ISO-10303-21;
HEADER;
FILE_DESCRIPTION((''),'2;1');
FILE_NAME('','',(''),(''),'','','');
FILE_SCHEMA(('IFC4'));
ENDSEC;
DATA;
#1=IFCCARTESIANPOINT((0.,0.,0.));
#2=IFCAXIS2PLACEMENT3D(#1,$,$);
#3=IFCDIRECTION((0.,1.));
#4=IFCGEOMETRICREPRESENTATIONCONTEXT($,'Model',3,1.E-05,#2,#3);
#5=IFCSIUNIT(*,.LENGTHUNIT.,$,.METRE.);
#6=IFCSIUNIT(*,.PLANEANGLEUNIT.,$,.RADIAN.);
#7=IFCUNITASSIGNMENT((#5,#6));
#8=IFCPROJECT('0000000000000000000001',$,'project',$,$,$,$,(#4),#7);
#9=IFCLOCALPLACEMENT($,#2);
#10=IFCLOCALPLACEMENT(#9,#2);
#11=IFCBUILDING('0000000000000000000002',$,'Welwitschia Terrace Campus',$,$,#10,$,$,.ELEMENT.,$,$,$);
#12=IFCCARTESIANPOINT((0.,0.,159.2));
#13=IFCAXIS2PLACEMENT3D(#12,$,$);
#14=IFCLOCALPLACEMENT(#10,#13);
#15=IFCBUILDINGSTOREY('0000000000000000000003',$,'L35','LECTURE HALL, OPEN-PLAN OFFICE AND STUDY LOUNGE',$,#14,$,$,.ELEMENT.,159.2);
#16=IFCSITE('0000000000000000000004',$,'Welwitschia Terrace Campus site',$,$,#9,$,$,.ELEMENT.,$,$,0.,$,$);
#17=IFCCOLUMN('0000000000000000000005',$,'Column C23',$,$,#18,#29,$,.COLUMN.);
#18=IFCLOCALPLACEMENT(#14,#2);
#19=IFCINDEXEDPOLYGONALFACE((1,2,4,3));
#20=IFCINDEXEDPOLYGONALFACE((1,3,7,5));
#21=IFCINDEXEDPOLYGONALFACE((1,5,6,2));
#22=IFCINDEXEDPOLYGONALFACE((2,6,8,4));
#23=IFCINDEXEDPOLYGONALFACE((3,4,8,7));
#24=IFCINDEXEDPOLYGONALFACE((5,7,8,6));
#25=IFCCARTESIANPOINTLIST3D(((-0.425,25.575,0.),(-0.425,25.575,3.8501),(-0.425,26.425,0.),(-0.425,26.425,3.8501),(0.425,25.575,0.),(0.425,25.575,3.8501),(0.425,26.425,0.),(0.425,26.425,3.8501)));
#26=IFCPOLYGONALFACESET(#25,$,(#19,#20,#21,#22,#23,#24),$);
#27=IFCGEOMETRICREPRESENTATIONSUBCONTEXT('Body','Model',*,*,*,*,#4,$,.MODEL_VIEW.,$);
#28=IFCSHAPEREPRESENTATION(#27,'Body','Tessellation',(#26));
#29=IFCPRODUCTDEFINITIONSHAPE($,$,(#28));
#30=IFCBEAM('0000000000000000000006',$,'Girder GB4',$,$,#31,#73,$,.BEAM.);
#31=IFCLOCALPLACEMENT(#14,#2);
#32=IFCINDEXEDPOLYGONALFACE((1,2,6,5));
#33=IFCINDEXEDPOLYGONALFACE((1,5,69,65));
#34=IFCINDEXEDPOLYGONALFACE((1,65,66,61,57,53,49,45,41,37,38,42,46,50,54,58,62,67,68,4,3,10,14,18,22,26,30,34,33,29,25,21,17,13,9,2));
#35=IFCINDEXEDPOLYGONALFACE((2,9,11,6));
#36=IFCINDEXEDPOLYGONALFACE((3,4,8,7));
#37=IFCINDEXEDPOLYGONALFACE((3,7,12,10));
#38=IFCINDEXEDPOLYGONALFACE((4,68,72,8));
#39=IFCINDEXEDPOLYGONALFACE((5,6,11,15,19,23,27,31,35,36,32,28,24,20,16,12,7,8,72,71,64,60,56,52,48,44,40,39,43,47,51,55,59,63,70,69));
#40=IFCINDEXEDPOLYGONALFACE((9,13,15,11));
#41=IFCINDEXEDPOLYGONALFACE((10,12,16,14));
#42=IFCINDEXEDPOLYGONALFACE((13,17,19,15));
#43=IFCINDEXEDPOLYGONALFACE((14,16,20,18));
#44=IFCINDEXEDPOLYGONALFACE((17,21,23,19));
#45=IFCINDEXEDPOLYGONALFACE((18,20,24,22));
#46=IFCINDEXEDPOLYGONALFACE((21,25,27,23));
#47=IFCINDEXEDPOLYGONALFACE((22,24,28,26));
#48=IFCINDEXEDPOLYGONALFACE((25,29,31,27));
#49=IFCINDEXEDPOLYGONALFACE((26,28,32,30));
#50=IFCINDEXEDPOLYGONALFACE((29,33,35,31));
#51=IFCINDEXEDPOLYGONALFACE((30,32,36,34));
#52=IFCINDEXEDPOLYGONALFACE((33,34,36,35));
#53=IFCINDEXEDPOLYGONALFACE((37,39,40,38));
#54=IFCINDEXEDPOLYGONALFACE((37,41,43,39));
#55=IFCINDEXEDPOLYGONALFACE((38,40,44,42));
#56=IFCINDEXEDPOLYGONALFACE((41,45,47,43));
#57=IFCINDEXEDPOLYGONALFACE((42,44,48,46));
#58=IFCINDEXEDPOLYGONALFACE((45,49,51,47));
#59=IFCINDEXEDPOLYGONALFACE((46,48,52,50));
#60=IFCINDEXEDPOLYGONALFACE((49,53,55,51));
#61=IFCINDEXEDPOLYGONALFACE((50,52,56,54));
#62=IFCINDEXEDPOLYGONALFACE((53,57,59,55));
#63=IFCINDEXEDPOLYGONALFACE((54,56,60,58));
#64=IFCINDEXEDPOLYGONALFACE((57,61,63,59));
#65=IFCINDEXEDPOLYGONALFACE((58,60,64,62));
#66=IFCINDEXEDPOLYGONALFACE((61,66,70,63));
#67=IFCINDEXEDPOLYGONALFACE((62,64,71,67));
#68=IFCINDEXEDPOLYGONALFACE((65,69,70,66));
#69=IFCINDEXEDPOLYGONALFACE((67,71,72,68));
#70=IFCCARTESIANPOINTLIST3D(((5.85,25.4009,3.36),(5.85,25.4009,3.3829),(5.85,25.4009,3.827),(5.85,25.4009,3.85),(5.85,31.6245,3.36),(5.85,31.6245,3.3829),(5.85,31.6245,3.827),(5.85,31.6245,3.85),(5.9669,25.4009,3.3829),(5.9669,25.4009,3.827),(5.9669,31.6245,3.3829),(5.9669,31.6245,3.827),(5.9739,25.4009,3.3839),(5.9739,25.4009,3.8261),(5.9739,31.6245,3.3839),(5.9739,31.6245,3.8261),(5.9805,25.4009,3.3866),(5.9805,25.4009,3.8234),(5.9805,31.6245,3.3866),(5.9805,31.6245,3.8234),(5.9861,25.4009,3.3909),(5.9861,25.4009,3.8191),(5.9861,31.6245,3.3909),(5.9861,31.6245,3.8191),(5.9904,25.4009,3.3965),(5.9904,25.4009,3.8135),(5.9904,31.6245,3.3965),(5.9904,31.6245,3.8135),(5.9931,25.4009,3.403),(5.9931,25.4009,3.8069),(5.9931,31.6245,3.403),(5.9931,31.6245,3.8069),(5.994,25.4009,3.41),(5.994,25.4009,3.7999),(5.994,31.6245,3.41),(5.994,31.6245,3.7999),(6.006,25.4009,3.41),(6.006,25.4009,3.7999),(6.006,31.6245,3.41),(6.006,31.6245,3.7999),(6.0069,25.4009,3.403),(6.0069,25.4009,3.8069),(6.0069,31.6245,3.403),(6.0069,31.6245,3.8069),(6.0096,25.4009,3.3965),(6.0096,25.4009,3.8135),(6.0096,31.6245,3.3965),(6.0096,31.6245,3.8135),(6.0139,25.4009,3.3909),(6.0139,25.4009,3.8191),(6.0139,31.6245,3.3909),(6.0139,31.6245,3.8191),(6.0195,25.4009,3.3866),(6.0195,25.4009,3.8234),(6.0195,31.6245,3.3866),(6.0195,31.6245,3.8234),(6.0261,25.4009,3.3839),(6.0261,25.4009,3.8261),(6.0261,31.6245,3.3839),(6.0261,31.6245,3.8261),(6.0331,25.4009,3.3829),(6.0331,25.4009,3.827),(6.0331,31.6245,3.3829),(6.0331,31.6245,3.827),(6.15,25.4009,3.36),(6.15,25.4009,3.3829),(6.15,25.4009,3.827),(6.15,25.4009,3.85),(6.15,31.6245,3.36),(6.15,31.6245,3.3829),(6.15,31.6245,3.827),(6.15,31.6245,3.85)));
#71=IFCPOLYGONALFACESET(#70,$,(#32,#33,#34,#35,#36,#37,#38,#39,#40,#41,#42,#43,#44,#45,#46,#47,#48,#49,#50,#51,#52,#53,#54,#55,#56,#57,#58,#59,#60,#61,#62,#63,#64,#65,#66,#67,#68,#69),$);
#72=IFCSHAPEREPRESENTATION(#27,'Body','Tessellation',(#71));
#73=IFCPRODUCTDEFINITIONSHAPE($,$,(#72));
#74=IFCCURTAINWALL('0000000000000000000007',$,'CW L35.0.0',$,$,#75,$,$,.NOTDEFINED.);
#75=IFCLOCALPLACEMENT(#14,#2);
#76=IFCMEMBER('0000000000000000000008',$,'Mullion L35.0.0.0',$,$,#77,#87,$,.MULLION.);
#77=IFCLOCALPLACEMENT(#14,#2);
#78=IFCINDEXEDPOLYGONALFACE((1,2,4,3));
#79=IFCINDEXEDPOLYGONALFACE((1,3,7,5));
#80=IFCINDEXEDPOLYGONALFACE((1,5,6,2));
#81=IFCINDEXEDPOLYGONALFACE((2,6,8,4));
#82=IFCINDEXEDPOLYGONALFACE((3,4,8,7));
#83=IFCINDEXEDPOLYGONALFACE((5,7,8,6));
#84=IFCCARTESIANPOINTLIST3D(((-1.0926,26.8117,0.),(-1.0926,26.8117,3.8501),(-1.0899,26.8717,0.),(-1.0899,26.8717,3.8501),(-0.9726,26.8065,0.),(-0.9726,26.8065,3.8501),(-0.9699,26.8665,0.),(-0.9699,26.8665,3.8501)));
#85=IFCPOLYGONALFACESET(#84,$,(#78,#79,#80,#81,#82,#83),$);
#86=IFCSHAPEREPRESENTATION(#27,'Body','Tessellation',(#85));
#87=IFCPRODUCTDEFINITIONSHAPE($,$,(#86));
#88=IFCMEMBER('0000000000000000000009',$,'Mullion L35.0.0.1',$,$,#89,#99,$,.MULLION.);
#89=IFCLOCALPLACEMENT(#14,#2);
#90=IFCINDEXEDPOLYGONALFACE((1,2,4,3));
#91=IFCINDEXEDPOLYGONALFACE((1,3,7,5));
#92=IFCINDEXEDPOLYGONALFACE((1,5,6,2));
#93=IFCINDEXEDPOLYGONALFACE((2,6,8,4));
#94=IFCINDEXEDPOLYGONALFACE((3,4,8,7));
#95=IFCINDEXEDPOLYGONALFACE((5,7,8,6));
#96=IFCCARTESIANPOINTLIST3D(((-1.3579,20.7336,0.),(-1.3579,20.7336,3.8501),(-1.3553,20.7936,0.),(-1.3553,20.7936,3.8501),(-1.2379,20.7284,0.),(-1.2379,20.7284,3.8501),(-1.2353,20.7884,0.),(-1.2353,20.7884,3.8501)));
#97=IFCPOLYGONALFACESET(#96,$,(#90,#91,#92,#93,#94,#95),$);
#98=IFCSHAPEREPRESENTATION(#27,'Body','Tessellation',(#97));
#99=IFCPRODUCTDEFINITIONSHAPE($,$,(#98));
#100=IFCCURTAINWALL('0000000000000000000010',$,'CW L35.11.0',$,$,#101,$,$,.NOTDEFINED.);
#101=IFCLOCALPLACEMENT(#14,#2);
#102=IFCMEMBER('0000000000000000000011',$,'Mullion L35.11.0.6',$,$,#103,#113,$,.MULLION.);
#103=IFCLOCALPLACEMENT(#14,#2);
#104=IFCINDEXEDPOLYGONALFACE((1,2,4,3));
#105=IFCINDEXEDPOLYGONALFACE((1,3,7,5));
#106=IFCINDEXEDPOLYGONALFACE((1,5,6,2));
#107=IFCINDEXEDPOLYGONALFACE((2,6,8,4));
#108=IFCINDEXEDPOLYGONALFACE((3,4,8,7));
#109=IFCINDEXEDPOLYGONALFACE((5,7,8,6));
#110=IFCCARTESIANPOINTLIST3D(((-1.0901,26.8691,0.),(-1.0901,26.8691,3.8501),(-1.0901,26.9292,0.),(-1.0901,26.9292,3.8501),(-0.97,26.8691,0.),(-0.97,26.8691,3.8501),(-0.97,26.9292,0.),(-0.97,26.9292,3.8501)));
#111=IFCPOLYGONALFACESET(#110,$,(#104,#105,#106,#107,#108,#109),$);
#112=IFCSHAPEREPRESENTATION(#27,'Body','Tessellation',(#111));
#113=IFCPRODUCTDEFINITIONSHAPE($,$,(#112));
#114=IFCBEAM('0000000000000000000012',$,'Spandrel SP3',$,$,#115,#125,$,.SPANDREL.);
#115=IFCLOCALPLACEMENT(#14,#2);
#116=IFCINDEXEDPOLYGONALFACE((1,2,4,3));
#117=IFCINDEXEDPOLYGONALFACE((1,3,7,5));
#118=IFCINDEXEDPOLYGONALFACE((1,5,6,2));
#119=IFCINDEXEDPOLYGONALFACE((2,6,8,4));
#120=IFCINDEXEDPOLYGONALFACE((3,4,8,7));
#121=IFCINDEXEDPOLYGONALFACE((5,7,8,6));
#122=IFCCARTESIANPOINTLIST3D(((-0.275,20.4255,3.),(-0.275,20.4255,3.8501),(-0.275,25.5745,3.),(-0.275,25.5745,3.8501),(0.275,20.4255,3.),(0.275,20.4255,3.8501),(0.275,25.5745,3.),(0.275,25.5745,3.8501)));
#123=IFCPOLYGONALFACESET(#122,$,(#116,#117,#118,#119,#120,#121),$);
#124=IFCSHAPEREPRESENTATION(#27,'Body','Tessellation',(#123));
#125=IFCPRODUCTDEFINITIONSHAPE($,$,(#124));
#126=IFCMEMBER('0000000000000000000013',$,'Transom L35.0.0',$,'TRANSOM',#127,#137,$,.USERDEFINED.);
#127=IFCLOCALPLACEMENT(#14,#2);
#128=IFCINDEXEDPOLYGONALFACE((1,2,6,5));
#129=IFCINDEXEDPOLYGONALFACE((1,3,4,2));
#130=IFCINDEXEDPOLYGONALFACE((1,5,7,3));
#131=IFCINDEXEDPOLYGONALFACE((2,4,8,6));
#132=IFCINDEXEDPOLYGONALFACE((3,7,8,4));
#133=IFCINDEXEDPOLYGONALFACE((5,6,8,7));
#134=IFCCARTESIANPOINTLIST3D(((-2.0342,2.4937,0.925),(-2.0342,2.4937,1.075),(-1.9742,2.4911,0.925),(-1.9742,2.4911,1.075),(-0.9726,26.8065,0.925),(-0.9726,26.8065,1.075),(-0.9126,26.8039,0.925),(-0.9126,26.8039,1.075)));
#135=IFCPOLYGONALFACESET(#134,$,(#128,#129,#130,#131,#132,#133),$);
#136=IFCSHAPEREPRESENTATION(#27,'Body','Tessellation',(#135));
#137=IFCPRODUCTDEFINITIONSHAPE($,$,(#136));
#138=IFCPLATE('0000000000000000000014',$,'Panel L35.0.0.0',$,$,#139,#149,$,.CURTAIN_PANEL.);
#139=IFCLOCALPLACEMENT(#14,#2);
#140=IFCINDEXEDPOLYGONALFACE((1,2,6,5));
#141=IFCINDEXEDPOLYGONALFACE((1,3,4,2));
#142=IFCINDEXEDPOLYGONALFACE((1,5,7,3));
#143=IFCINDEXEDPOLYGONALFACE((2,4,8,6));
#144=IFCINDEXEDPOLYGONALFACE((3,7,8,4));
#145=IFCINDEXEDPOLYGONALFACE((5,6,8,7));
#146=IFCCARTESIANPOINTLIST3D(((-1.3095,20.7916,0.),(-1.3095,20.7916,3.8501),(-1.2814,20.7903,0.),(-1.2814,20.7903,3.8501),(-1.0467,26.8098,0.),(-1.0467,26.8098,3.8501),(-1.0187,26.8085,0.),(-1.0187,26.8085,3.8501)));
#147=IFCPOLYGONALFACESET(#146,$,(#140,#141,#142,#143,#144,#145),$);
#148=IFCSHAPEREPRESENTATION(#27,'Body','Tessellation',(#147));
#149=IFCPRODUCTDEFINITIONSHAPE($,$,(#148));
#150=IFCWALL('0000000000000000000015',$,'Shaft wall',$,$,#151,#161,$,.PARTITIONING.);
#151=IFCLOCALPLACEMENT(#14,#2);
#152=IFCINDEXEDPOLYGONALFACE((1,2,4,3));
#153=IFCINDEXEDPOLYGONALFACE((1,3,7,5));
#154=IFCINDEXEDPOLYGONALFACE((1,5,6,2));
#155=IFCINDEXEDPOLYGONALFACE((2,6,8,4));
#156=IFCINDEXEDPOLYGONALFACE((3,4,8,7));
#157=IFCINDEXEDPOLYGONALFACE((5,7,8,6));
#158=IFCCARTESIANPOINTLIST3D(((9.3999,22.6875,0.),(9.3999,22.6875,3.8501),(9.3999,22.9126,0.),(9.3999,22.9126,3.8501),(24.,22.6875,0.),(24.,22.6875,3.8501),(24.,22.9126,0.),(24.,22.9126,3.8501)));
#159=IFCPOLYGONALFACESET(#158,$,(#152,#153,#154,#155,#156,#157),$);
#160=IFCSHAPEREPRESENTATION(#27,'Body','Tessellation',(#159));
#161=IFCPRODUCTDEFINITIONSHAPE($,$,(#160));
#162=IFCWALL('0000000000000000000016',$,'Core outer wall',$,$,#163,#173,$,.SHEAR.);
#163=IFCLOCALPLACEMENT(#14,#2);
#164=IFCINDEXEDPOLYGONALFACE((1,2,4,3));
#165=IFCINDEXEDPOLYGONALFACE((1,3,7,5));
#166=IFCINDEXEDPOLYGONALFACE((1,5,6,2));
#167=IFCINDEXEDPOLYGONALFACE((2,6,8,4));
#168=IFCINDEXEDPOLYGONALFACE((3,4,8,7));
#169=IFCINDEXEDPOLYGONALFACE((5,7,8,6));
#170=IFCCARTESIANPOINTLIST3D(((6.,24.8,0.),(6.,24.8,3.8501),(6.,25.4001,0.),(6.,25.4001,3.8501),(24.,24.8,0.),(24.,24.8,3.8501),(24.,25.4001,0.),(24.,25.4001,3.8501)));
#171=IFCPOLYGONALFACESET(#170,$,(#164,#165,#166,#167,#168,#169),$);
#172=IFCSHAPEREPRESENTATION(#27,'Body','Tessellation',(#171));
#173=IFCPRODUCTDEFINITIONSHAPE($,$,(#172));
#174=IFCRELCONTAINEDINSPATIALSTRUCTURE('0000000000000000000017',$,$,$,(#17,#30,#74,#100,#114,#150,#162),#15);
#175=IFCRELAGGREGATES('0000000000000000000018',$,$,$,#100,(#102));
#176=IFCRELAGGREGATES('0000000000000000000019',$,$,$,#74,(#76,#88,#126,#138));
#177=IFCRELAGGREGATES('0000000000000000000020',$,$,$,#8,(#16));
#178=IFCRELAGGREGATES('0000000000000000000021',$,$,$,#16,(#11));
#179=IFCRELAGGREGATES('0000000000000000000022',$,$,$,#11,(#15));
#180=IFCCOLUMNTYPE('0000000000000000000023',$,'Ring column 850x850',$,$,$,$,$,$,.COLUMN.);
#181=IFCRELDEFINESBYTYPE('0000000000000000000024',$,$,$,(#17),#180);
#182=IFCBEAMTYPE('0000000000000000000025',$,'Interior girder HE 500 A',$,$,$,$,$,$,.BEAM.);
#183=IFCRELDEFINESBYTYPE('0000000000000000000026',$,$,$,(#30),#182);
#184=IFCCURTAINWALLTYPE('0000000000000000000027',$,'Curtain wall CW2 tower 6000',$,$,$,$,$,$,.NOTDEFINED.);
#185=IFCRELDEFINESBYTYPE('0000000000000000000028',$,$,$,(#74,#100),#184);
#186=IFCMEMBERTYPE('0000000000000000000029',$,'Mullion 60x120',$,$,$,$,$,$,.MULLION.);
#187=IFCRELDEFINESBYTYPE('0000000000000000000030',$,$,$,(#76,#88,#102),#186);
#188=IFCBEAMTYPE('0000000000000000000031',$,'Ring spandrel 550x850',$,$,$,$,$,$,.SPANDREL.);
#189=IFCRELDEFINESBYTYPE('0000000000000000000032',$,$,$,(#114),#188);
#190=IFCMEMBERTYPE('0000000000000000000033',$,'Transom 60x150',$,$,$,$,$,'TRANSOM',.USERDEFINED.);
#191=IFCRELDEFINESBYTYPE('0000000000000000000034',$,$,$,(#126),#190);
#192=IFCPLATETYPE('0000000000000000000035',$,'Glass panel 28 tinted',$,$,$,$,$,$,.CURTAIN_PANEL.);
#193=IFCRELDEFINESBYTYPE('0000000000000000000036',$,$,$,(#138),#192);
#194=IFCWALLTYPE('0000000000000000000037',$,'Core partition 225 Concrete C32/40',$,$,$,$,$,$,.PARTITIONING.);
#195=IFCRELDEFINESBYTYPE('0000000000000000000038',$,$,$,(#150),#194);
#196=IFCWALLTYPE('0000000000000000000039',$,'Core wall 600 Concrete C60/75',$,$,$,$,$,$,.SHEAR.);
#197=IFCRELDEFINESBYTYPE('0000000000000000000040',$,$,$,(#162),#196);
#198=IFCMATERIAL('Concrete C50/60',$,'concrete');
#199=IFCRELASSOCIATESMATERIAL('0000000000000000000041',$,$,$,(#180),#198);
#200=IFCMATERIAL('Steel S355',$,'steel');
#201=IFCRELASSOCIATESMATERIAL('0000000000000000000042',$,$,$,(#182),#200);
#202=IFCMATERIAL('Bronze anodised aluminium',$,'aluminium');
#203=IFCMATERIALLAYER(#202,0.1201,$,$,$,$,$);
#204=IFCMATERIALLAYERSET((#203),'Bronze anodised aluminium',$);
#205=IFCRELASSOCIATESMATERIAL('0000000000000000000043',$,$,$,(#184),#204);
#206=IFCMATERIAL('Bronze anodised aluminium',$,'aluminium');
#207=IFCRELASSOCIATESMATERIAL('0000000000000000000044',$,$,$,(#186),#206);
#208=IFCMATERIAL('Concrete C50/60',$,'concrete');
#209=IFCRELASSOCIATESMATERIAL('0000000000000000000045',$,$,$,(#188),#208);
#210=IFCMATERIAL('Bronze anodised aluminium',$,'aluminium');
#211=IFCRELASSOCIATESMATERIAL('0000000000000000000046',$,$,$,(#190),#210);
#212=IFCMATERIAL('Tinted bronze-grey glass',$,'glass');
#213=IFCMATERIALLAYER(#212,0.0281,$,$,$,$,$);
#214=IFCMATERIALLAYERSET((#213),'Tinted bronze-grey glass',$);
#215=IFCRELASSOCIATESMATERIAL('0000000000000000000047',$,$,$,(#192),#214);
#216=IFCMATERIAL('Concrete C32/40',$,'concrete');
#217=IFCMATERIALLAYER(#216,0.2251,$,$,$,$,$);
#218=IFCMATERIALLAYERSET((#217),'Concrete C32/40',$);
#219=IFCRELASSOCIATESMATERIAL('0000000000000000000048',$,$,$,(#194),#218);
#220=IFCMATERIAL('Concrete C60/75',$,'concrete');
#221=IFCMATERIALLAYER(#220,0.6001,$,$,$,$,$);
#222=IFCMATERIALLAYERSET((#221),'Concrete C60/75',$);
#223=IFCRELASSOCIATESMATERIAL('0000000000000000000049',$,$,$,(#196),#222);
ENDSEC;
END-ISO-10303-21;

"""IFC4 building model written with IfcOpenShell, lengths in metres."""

from ifc_helpers import new_model, si_unit, direction, frame, frame_2d, origin, origin_2d, place, context, subcontext, project, spatial, rectangle, i_section, extrude, material, layer, layer_set, material_profile, profile_set, type_object, element, aggregate, save


model = new_model("IFC4")

# Units and contexts
model_context = context("Model", 3, precision=1e-05, world=origin(), true_north=direction((0.0, 1.0)))
body_context = subcontext(model_context, "Body", "Model", "MODEL_VIEW")
ifc_project = project(units=[si_unit("LENGTHUNIT", "METRE"), si_unit("PLANEANGLEUNIT", "RADIAN")], contexts=[model_context])

# Site, building, storey
site_placement = place(None, origin())
site = spatial("IfcSite", under=ifc_project, at=site_placement, Name="Welwitschia Terrace Campus site", CompositionType="ELEMENT", RefElevation=0.0)
building_placement = place(site_placement, origin())
building = spatial("IfcBuilding", under=site, at=building_placement, Name="Welwitschia Terrace Campus", CompositionType="ELEMENT")
storey_placement = place(building_placement, frame((0.0, 0.0, 159.2)))
storey = spatial("IfcBuildingStorey", under=building, at=storey_placement, Name="L35", Description="LECTURE HALL, OPEN-PLAN OFFICE AND STUDY LOUNGE", CompositionType="ELEMENT", Elevation=159.2)

# Column
ifc_material_1 = material(Name="Concrete C50/60", Category="concrete")
ifc_material_profile_1 = material_profile(ifc_material_1, rectangle(XDim=0.8501, YDim=0.8501, at=origin_2d()))
ifc_profile_set_1 = profile_set([ifc_material_profile_1], Name="Concrete C50/60")
column_type = type_object("IfcColumnType", Name="Ring column 850x850", PredefinedType="COLUMN", material=ifc_profile_set_1)
column_placement = place(storey_placement, frame((0.0, 26.0, 0.0), z_axis=(0.0, 0.0, 1.0), x_axis=(1.0, 0.0, 0.0)))
element("IfcColumn", 1, at=column_placement, inside=storey, type_object=column_type, Name="Column C23", PredefinedType="COLUMN", context=body_context, shape_type="SweptSolid", body=[
    extrude(rectangle(XDim=0.8501, YDim=0.8501, at=origin_2d()), origin(), (0.0, 0.0, 1.0), 3.8501),
])

# Beam
ifc_material_2 = material(Name="Steel S355", Category="steel")
ifc_material_profile_2 = material_profile(ifc_material_2, i_section(OverallWidth=0.3, OverallDepth=0.49, WebThickness=0.012, FlangeThickness=0.0229, FilletRadius=0.0271, at=origin_2d()))
ifc_profile_set_2 = profile_set([ifc_material_profile_2], Name="Steel S355")
beam_type_1 = type_object("IfcBeamType", Name="Interior girder HE 500 A", PredefinedType="BEAM", material=ifc_profile_set_2)
beam_1_placement = place(storey_placement, frame((6.0, 25.4009, 3.605), z_axis=(0.0, 1.0, 0.0), x_axis=(-1.0, 0.0, 0.0)))
element("IfcBeam", 2, at=beam_1_placement, inside=storey, type_object=beam_type_1, Name="Girder GB4", PredefinedType="BEAM", context=body_context, shape_type="SweptSolid", body=[
    extrude(i_section(OverallWidth=0.3, OverallDepth=0.49, WebThickness=0.012, FlangeThickness=0.0229, FilletRadius=0.0271, at=origin_2d()), origin(), (0.0, 0.0, 1.0), 6.2236),
])

# Curtain wall, members
ifc_material_3 = material(Name="Bronze anodised aluminium", Category="aluminium")
ifc_layer_1 = layer(ifc_material_3, 0.1201)
ifc_layer_set_1 = layer_set([ifc_layer_1], Name="Bronze anodised aluminium")
curtain_wall_type = type_object("IfcCurtainWallType", Name="Curtain wall CW2 tower 6000", PredefinedType="NOTDEFINED", material=ifc_layer_set_1)
curtain_wall_1_placement = place(storey_placement, origin())
curtain_wall_1 = element("IfcCurtainWall", 3, at=curtain_wall_1_placement, inside=storey, type_object=curtain_wall_type, Name="CW L35.0.0", PredefinedType="NOTDEFINED")
ifc_material_4 = material(Name="Bronze anodised aluminium", Category="aluminium")
ifc_material_profile_3 = material_profile(ifc_material_4, rectangle(XDim=0.1201, YDim=0.0601, at=origin_2d()))
ifc_profile_set_3 = profile_set([ifc_material_profile_3], Name="Bronze anodised aluminium")
member_type_1 = type_object("IfcMemberType", Name="Mullion 60x120", PredefinedType="MULLION", material=ifc_profile_set_3)
member_1_placement = place(storey_placement, frame((-1.0312, 26.8391, 0.0), z_axis=(0.0, 0.0, 1.0), x_axis=(0.999048, -0.043619, 0.0)))
member_1 = element("IfcMember", 4, at=member_1_placement, type_object=member_type_1, Name="Mullion L35.0.0.0", PredefinedType="MULLION", context=body_context, shape_type="SweptSolid", body=[
    extrude(rectangle(XDim=0.1201, YDim=0.0601, at=origin_2d()), origin(), (0.0, 0.0, 1.0), 3.8501),
])
member_2_placement = place(storey_placement, frame((-1.2966, 20.761, 0.0), z_axis=(0.0, 0.0, 1.0), x_axis=(0.999048, -0.043619, 0.0)))
member_2 = element("IfcMember", 5, at=member_2_placement, type_object=member_type_1, Name="Mullion L35.0.0.1", PredefinedType="MULLION", context=body_context, shape_type="SweptSolid", body=[
    extrude(rectangle(XDim=0.1201, YDim=0.0601, at=origin_2d()), origin(), (0.0, 0.0, 1.0), 3.8501),
])

# Curtain wall, member
curtain_wall_2_placement = place(storey_placement, origin())
curtain_wall_2 = element("IfcCurtainWall", 6, at=curtain_wall_2_placement, inside=storey, type_object=curtain_wall_type, Name="CW L35.11.0", PredefinedType="NOTDEFINED")
member_3_placement = place(storey_placement, frame((-1.03, 26.8992, 0.0), z_axis=(0.0, 0.0, 1.0), x_axis=(1.0, 0.0, 0.0)))
member_3 = element("IfcMember", 7, at=member_3_placement, type_object=member_type_1, Name="Mullion L35.11.0.6", PredefinedType="MULLION", context=body_context, shape_type="SweptSolid", body=[
    extrude(rectangle(XDim=0.1201, YDim=0.0601, at=origin_2d()), origin(), (0.0, 0.0, 1.0), 3.8501),
])
aggregate(curtain_wall_2, [member_3])

# Beam
ifc_material_5 = material(Name="Concrete C50/60", Category="concrete")
ifc_material_profile_4 = material_profile(ifc_material_5, rectangle(XDim=0.55, YDim=0.8501, at=origin_2d()))
ifc_profile_set_4 = profile_set([ifc_material_profile_4], Name="Concrete C50/60")
beam_type_2 = type_object("IfcBeamType", Name="Ring spandrel 550x850", PredefinedType="SPANDREL", material=ifc_profile_set_4)
beam_2_placement = place(storey_placement, frame((0.0, 25.5745, 3.425), z_axis=(0.0, -1.0, 0.0), x_axis=(1.0, 0.0, 0.0)))
element("IfcBeam", 8, at=beam_2_placement, inside=storey, type_object=beam_type_2, Name="Spandrel SP3", PredefinedType="SPANDREL", context=body_context, shape_type="SweptSolid", body=[
    extrude(rectangle(XDim=0.55, YDim=0.8501, at=origin_2d()), origin(), (0.0, 0.0, 1.0), 5.1489),
])

# Member
ifc_material_6 = material(Name="Bronze anodised aluminium", Category="aluminium")
ifc_material_profile_5 = material_profile(ifc_material_6, rectangle(XDim=0.0601, YDim=0.1499, at=origin_2d()))
ifc_profile_set_5 = profile_set([ifc_material_profile_5], Name="Bronze anodised aluminium")
member_type_2 = type_object("IfcMemberType", Name="Transom 60x150", ElementType="TRANSOM", PredefinedType="USERDEFINED", material=ifc_profile_set_5)
member_4_placement = place(storey_placement, frame((-0.9426, 26.8052, 1.0), z_axis=(-0.04362, -0.999048, 0.0), x_axis=(0.999048, -0.04362, 0.0)))
member_4 = element("IfcMember", 9, at=member_4_placement, type_object=member_type_2, Name="Transom L35.0.0", ObjectType="TRANSOM", PredefinedType="USERDEFINED", context=body_context, shape_type="SweptSolid", body=[
    extrude(rectangle(XDim=0.0601, YDim=0.1499, at=origin_2d()), origin(), (0.0, 0.0, 1.0), 24.3359),
])

# Plate
ifc_material_7 = material(Name="Tinted bronze-grey glass", Category="glass")
ifc_layer_2 = layer(ifc_material_7, 0.0281)
ifc_layer_set_2 = layer_set([ifc_layer_2], Name="Tinted bronze-grey glass")
plate_type = type_object("IfcPlateType", Name="Glass panel 28 tinted", PredefinedType="CURTAIN_PANEL", material=ifc_layer_set_2)
plate_placement = place(storey_placement, frame((-1.1641, 23.8, 0.0), z_axis=(0.0, 0.0, 1.0), x_axis=(-0.043619, -0.999048, 0.0)))
plate = element("IfcPlate", 10, at=plate_placement, type_object=plate_type, Name="Panel L35.0.0.0", PredefinedType="CURTAIN_PANEL", context=body_context, shape_type="SweptSolid", body=[
    extrude(rectangle(XDim=6.0239, YDim=0.0281, at=origin_2d()), origin(), (0.0, 0.0, 1.0), 3.8501),
])
aggregate(curtain_wall_1, [member_1, member_2, member_4, plate])

# Walls
ifc_material_8 = material(Name="Concrete C32/40", Category="concrete")
ifc_layer_3 = layer(ifc_material_8, 0.2251)
ifc_layer_set_3 = layer_set([ifc_layer_3], Name="Concrete C32/40")
wall_type_1 = type_object("IfcWallType", Name="Core partition 225 Concrete C32/40", PredefinedType="PARTITIONING", material=ifc_layer_set_3)
wall_1_placement = place(storey_placement, frame((9.3999, 22.8, 0.0), z_axis=(0.0, 0.0, 1.0), x_axis=(1.0, 0.0, 0.0)))
element("IfcWall", 11, at=wall_1_placement, inside=storey, type_object=wall_type_1, Name="Shaft wall", PredefinedType="PARTITIONING", context=body_context, shape_type="SweptSolid", body=[
    extrude(rectangle(XDim=14.6001, YDim=0.2251, at=frame_2d((7.3, 0.0))), origin(), (0.0, 0.0, 1.0), 3.8501),
])
ifc_material_9 = material(Name="Concrete C60/75", Category="concrete")
ifc_layer_4 = layer(ifc_material_9, 0.6001)
ifc_layer_set_4 = layer_set([ifc_layer_4], Name="Concrete C60/75")
wall_type_2 = type_object("IfcWallType", Name="Core wall 600 Concrete C60/75", PredefinedType="SHEAR", material=ifc_layer_set_4)
wall_2_placement = place(storey_placement, frame((6.0, 25.1001, 0.0), z_axis=(0.0, 0.0, 1.0), x_axis=(1.0, 0.0, 0.0)))
element("IfcWall", 12, at=wall_2_placement, inside=storey, type_object=wall_type_2, Name="Core outer wall", PredefinedType="SHEAR", context=body_context, shape_type="SweptSolid", body=[
    extrude(rectangle(XDim=18.0, YDim=0.6001, at=frame_2d((9.0, 0.0))), origin(), (0.0, 0.0, 1.0), 3.8501),
])

save(model, "model.ifc")
